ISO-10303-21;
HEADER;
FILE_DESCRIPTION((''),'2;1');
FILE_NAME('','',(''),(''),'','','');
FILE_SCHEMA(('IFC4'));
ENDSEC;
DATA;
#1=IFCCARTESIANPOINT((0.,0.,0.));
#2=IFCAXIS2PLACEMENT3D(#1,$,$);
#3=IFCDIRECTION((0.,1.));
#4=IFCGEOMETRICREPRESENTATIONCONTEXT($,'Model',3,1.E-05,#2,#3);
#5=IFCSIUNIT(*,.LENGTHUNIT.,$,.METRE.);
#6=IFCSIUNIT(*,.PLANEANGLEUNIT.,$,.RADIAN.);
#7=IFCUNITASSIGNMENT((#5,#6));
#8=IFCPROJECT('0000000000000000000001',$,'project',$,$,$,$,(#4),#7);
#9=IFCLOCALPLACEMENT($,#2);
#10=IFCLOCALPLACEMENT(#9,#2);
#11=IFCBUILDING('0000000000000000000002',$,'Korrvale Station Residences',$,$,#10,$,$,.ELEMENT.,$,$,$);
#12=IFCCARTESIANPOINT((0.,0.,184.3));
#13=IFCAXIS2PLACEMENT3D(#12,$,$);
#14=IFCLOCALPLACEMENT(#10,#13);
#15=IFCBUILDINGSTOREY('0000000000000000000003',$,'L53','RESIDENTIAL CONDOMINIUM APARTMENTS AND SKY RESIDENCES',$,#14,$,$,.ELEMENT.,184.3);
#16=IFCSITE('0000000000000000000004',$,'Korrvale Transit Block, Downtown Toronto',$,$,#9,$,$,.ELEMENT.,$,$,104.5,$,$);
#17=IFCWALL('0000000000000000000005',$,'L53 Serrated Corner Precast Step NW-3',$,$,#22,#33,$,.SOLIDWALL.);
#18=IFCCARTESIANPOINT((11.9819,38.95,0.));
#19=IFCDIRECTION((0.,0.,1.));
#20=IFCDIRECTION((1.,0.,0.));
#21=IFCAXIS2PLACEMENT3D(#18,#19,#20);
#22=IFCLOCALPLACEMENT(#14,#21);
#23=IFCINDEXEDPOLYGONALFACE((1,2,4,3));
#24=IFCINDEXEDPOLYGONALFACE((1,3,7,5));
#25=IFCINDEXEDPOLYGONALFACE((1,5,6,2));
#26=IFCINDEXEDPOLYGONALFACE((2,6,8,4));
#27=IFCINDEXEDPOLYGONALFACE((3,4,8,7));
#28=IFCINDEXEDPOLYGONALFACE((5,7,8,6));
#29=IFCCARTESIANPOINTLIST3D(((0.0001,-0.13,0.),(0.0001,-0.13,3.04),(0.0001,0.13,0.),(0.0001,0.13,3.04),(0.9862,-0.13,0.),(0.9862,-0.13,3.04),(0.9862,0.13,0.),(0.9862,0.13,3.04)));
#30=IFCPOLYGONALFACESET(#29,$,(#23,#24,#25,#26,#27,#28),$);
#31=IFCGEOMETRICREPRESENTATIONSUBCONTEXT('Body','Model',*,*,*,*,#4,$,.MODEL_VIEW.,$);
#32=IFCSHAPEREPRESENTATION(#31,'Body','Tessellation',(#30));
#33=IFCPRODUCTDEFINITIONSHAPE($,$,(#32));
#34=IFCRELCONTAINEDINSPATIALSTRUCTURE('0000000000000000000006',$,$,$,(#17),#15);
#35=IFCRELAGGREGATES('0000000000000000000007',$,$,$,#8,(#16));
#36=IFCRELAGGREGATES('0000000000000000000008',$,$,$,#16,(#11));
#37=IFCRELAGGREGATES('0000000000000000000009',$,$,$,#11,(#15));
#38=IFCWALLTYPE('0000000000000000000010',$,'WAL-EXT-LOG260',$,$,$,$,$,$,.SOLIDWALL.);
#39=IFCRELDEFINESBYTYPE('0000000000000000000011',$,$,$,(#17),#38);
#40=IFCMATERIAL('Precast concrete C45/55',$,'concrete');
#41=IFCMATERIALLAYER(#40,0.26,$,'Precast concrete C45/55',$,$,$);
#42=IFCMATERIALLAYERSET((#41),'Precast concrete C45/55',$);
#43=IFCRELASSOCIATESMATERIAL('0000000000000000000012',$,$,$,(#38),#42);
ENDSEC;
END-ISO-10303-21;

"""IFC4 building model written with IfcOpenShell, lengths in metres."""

from ifc_helpers import new_model, si_unit, direction, frame, frame_2d, origin, place, context, subcontext, project, spatial, rectangle, extrude, material, layer, layer_set, type_object, element, save


model = new_model("IFC4")

# Units and contexts
model_context = context("Model", 3, precision=1e-05, world=origin(), true_north=direction((0.0, 1.0)))
body_context = subcontext(model_context, "Body", "Model", "MODEL_VIEW")
ifc_project = project(units=[si_unit("LENGTHUNIT", "METRE"), si_unit("PLANEANGLEUNIT", "RADIAN")], contexts=[model_context])

# Site, building, storey
site_placement = place(None, origin())
site = spatial("IfcSite", under=ifc_project, at=site_placement, Name="Korrvale Transit Block, Downtown Toronto", CompositionType="ELEMENT", RefElevation=104.5)
building_placement = place(site_placement, origin())
building = spatial("IfcBuilding", under=site, at=building_placement, Name="Korrvale Station Residences", CompositionType="ELEMENT")
storey_placement = place(building_placement, frame((0.0, 0.0, 184.3)))
storey = spatial("IfcBuildingStorey", under=building, at=storey_placement, Name="L53", Description="RESIDENTIAL CONDOMINIUM APARTMENTS AND SKY RESIDENCES", CompositionType="ELEMENT", Elevation=184.3)

# Wall
ifc_material_1 = material(Name="Precast concrete C45/55", Category="concrete")
ifc_layer_1 = layer(ifc_material_1, 0.26, Name="Precast concrete C45/55")
ifc_layer_set_1 = layer_set([ifc_layer_1], Name="Precast concrete C45/55")
wall_type_1 = type_object("IfcWallType", Name="WAL-EXT-LOG260", PredefinedType="SOLIDWALL", material=ifc_layer_set_1)
wall_1_placement = place(storey_placement, frame((11.9819, 38.95, 0.0), z_axis=(0.0, 0.0, 1.0), x_axis=(1.0, 0.0, 0.0)))
element("IfcWall", 1, at=wall_1_placement, inside=storey, type_object=wall_type_1, Name="L53 Serrated Corner Precast Step NW-3", PredefinedType="SOLIDWALL", context=body_context, shape_type="SweptSolid", body=[
    extrude(rectangle(XDim=0.9861, YDim=0.26, at=frame_2d((0.4932, 0.0))), origin(), (0.0, 0.0, 1.0), 3.04),
])

save(model, "model.ifc")
